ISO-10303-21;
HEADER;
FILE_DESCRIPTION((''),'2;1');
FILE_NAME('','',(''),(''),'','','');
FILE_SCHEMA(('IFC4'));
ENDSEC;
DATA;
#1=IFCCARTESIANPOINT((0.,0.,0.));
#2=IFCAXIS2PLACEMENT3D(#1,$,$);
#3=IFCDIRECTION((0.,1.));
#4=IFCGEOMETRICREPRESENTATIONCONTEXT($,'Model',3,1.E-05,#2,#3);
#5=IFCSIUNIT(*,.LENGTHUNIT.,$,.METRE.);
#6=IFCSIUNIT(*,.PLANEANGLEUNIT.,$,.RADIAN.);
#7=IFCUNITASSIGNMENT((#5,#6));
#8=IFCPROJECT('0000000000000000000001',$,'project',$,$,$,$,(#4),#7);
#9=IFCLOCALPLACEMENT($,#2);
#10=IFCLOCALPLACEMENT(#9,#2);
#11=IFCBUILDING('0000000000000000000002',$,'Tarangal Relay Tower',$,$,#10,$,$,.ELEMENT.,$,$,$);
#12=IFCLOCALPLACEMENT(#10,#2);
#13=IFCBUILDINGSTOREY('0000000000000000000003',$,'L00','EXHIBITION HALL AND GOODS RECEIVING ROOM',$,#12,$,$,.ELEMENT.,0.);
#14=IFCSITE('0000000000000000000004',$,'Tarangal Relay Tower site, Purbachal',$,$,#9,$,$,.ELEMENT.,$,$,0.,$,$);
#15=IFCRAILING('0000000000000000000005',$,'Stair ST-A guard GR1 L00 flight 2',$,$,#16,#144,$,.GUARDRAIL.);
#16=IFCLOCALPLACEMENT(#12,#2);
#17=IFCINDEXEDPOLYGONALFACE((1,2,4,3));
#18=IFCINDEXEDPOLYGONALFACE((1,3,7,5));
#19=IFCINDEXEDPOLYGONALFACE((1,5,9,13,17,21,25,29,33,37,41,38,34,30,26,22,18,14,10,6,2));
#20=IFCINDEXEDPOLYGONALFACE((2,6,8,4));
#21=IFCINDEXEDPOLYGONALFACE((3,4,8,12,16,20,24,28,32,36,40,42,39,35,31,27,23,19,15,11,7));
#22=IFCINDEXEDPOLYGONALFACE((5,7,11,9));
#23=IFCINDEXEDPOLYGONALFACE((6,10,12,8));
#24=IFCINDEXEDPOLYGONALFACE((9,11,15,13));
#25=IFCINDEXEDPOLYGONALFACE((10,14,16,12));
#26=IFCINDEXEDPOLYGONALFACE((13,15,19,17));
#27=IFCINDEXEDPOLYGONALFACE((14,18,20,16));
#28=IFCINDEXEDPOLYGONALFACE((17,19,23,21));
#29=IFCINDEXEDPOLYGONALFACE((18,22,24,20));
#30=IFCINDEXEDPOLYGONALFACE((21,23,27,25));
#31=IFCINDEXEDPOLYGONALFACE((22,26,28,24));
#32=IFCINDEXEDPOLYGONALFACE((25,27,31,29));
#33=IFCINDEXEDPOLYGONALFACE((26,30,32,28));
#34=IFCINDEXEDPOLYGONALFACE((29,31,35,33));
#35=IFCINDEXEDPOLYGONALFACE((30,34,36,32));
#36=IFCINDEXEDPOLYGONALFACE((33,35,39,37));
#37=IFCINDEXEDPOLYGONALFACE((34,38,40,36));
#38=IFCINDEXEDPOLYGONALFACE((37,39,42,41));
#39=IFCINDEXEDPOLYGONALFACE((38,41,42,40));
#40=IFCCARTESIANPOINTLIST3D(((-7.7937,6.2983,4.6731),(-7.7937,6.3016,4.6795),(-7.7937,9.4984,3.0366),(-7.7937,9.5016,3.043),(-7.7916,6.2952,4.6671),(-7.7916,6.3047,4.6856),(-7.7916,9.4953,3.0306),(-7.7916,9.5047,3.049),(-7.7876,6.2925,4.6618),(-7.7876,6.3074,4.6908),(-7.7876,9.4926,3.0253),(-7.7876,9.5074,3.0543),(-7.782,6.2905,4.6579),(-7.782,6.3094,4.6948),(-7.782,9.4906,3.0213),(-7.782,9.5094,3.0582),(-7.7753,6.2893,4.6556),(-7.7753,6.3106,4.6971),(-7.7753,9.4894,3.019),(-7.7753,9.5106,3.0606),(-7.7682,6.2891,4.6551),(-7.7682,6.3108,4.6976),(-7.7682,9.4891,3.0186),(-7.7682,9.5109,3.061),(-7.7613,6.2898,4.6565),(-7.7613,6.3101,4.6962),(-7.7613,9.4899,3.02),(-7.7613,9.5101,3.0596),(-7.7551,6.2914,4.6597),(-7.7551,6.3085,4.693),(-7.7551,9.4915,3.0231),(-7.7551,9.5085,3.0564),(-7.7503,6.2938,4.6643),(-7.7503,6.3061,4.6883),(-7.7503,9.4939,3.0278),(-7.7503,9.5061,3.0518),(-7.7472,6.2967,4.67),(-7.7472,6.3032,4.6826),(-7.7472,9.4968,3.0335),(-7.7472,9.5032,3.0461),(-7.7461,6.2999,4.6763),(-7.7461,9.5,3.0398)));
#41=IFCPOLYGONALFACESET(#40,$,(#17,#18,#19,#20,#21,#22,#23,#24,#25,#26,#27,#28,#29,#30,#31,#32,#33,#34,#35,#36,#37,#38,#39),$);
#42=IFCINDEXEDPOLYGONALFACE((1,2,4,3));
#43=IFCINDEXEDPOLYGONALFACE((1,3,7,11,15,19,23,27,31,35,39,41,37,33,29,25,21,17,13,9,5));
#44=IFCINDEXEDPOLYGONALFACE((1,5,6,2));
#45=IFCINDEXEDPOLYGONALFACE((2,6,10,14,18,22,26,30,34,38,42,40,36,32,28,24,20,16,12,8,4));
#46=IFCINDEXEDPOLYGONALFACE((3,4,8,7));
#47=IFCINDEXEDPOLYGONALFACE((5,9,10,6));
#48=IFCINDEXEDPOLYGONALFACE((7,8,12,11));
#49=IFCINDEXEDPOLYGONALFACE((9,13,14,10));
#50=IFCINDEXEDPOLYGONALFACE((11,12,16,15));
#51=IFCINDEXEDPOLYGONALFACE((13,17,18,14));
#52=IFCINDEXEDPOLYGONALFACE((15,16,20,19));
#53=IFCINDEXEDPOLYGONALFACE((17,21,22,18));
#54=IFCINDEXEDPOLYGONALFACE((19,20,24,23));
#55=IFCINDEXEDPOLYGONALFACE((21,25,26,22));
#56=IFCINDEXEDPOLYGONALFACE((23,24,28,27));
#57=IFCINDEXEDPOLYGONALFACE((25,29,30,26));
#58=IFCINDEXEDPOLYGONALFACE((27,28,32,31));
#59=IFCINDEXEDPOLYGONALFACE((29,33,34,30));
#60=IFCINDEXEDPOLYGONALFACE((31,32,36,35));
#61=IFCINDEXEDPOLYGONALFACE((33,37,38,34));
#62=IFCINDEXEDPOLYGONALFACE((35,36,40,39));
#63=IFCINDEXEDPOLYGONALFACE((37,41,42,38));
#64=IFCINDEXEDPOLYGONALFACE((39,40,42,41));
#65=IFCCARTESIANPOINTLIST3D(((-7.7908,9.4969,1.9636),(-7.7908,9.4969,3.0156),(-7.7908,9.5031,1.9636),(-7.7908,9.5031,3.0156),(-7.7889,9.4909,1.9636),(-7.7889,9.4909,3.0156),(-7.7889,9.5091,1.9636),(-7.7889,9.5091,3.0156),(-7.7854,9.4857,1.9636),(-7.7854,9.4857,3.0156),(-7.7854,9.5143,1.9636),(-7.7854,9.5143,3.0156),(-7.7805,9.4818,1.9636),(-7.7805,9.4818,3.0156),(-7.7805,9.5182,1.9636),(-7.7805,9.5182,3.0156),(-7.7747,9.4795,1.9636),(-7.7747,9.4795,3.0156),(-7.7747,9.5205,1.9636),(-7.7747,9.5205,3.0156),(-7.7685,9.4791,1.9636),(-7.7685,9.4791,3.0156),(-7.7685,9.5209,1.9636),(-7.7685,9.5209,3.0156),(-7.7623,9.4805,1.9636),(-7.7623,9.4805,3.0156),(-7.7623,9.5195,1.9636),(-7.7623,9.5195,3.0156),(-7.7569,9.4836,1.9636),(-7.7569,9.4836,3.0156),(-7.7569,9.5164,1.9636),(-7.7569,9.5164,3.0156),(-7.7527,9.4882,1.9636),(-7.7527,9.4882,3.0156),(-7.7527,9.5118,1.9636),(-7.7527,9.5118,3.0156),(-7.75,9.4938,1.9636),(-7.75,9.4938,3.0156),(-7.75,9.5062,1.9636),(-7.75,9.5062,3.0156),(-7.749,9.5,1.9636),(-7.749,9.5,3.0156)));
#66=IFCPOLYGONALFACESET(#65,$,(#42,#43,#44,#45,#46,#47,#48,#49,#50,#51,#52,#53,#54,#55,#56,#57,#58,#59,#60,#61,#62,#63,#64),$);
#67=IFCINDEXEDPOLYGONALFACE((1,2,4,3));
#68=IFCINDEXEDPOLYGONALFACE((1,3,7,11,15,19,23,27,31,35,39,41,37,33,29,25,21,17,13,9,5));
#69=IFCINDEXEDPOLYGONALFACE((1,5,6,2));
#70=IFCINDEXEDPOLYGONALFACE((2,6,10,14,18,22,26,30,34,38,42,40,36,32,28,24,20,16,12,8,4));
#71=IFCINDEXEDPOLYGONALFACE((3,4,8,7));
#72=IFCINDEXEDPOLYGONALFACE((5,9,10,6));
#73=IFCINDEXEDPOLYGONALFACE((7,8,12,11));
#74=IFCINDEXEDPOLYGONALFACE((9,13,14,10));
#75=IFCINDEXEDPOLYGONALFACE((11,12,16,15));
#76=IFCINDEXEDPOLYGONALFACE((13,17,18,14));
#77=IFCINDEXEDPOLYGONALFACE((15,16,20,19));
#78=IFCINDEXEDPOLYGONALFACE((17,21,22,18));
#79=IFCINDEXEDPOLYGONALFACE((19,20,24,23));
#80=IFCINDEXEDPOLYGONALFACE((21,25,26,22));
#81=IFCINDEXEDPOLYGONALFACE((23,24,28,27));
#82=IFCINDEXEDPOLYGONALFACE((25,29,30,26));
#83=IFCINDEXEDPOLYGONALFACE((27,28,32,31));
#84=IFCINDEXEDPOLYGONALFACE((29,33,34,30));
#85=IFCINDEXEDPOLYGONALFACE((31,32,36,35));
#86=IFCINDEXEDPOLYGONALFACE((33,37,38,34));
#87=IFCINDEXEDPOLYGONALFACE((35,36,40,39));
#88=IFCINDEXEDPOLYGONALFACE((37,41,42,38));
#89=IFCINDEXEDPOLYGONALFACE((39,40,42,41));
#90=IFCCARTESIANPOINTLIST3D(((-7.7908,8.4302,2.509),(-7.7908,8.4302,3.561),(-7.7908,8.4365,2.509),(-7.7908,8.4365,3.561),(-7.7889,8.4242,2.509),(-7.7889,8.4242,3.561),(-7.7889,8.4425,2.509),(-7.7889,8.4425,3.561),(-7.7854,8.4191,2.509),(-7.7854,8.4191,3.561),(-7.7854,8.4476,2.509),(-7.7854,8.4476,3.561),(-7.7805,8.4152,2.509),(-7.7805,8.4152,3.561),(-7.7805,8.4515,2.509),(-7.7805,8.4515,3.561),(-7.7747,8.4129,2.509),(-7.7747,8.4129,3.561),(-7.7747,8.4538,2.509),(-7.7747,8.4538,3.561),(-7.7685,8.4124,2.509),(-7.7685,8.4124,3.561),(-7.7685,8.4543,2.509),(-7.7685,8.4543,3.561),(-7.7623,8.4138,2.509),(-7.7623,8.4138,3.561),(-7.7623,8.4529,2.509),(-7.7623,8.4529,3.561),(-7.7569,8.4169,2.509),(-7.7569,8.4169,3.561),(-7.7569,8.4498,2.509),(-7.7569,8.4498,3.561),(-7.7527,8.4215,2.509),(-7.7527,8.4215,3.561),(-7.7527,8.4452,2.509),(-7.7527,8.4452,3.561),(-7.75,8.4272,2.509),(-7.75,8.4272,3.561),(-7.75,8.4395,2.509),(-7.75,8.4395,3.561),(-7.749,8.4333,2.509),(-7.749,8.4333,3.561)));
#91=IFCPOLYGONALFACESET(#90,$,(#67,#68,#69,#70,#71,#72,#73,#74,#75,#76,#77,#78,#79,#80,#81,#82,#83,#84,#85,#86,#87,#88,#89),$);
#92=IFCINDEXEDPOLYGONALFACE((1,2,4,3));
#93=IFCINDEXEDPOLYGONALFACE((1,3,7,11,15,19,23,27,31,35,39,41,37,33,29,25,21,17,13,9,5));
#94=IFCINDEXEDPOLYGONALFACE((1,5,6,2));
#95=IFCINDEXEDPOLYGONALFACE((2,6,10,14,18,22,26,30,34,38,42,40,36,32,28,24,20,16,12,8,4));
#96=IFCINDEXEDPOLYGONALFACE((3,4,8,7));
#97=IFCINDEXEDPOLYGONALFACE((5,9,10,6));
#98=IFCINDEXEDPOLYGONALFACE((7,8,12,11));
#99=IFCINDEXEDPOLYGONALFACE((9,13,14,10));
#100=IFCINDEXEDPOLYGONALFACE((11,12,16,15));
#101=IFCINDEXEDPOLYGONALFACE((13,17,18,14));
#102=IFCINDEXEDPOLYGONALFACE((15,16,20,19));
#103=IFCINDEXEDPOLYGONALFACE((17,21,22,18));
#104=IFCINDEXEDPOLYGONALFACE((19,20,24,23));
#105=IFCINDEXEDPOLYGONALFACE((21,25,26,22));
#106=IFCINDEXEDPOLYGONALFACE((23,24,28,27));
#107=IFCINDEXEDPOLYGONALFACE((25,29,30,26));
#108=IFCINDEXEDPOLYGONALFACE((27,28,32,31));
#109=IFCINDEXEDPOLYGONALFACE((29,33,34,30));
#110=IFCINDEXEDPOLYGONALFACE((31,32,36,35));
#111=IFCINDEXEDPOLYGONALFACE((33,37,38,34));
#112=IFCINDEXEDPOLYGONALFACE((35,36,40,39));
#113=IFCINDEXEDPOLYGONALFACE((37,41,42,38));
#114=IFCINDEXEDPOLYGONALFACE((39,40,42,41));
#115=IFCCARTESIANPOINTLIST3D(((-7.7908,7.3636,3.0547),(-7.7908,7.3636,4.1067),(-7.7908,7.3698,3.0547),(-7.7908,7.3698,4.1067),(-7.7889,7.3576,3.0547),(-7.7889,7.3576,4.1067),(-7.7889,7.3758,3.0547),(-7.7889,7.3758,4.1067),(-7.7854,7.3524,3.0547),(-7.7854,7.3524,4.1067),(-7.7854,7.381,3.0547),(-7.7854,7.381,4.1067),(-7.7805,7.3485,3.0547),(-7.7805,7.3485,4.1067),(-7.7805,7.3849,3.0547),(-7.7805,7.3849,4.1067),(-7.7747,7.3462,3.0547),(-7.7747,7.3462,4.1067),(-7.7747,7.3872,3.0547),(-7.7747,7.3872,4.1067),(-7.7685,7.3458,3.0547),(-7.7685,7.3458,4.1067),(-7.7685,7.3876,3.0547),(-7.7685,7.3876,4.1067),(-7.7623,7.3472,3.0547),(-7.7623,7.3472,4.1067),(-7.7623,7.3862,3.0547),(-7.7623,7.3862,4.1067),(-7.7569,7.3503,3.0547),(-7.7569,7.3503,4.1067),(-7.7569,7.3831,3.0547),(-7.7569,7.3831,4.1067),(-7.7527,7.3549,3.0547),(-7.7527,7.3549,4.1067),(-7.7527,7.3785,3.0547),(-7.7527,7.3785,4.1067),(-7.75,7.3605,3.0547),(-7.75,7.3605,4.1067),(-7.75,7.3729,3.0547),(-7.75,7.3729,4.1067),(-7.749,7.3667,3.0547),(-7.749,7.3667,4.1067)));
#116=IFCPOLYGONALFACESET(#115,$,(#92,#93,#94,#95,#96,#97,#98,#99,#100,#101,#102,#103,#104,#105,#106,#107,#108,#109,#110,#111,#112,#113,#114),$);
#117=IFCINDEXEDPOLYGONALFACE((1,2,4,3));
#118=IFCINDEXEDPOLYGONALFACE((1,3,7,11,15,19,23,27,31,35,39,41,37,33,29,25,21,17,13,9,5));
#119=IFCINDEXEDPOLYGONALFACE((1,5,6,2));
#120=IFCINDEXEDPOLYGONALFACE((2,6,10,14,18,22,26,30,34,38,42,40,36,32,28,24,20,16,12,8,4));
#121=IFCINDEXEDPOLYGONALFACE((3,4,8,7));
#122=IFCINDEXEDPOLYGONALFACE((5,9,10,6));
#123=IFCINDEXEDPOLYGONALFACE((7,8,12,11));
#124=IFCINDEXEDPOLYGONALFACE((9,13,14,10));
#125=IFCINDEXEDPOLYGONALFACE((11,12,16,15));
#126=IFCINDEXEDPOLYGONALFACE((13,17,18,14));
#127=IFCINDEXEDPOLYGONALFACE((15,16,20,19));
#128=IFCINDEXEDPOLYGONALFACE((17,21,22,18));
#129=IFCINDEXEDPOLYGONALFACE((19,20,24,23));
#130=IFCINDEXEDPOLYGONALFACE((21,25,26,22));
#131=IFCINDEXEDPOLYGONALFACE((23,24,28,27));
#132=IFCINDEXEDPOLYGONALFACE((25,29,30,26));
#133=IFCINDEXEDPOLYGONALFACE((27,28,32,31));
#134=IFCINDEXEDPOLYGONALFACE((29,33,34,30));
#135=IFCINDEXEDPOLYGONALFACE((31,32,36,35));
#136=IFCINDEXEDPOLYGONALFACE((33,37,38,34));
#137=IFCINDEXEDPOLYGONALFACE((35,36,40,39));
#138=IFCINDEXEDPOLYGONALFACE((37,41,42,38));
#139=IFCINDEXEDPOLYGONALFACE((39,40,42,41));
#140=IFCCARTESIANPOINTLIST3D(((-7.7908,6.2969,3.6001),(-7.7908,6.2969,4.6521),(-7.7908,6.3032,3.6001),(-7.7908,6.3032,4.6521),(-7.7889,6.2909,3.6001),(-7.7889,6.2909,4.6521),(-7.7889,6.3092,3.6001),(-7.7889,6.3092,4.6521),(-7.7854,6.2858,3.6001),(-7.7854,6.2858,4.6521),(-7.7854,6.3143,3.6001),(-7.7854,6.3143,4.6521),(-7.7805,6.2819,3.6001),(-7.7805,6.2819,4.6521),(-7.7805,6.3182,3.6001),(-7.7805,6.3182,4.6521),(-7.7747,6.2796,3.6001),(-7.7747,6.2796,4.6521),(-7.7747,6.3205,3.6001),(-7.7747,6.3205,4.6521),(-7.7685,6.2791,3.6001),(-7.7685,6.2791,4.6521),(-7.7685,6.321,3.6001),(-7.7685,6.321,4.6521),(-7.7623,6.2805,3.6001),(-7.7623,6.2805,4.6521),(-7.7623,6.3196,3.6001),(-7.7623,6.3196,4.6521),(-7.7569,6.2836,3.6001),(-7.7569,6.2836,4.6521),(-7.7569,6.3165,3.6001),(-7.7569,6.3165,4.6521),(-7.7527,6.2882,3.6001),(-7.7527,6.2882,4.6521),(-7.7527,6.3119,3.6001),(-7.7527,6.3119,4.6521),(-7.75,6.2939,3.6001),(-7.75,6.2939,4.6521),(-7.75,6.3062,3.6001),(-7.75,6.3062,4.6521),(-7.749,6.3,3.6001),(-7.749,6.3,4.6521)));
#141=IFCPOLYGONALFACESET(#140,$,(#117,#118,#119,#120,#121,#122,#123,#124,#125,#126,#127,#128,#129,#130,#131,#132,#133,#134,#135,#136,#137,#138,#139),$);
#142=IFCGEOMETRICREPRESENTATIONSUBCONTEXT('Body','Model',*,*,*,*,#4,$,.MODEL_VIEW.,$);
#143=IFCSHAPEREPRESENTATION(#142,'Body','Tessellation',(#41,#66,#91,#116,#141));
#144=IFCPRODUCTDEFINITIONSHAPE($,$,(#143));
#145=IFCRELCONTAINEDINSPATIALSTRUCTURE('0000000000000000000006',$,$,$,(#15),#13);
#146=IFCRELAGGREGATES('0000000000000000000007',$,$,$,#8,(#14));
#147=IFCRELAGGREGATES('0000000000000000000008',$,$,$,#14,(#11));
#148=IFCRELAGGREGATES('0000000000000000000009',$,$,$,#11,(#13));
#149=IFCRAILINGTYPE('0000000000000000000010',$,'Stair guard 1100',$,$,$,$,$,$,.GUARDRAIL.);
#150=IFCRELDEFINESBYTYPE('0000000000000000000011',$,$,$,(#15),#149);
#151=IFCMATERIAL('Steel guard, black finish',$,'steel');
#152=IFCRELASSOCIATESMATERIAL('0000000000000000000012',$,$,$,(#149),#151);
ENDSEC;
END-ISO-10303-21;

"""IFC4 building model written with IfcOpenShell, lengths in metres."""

from ifc_helpers import new_model, si_unit, direction, frame, origin, origin_2d, place, context, subcontext, project, spatial, circle, extrude, material, type_object, element, save


model = new_model("IFC4")

# Units and contexts
model_context = context("Model", 3, precision=1e-05, world=origin(), true_north=direction((0.0, 1.0)))
body_context = subcontext(model_context, "Body", "Model", "MODEL_VIEW")
ifc_project = project(units=[si_unit("LENGTHUNIT", "METRE"), si_unit("PLANEANGLEUNIT", "RADIAN")], contexts=[model_context])

# Site, building, storey
site_placement = place(None, origin())
site = spatial("IfcSite", under=ifc_project, at=site_placement, Name="Tarangal Relay Tower site, Purbachal", CompositionType="ELEMENT", RefElevation=0.0)
building_placement = place(site_placement, origin())
building = spatial("IfcBuilding", under=site, at=building_placement, Name="Tarangal Relay Tower", CompositionType="ELEMENT")
storey_placement = place(building_placement, origin())
storey = spatial("IfcBuildingStorey", under=building, at=storey_placement, Name="L00", Description="EXHIBITION HALL AND GOODS RECEIVING ROOM", CompositionType="ELEMENT", Elevation=0.0)

# Railing
ifc_material_1 = material(Name="Steel guard, black finish", Category="steel")
railing_type = type_object("IfcRailingType", Name="Stair guard 1100", PredefinedType="GUARDRAIL", material=ifc_material_1)
railing_1_placement = place(storey_placement, frame((-7.77, 9.5, 1.9636)))
element("IfcRailing", 1, at=railing_1_placement, inside=storey, type_object=railing_type, Name="Stair ST-A guard GR1 L00 flight 2", PredefinedType="GUARDRAIL", context=body_context, shape_type="SweptSolid", body=[
    extrude(circle(Radius=0.0239, at=origin_2d()), frame((0.0, 0.0, 1.0762), z_axis=(0.0, -0.890328, 0.455319), x_axis=(1.0, 0.0, 0.0)), (0.0, 0.0, 1.0), 3.5942),
    extrude(circle(Radius=0.021, at=origin_2d()), origin(), (0.0, 0.0, 1.0), 1.052),
    extrude(circle(Radius=0.021, at=origin_2d()), frame((0.0, -1.0667, 0.5454)), (0.0, 0.0, 1.0), 1.052),
    extrude(circle(Radius=0.021, at=origin_2d()), frame((0.0, -2.1333, 1.0911)), (0.0, 0.0, 1.0), 1.052),
    extrude(circle(Radius=0.021, at=origin_2d()), frame((0.0, -3.2, 1.6365)), (0.0, 0.0, 1.0), 1.052),
])

save(model, "model.ifc")
